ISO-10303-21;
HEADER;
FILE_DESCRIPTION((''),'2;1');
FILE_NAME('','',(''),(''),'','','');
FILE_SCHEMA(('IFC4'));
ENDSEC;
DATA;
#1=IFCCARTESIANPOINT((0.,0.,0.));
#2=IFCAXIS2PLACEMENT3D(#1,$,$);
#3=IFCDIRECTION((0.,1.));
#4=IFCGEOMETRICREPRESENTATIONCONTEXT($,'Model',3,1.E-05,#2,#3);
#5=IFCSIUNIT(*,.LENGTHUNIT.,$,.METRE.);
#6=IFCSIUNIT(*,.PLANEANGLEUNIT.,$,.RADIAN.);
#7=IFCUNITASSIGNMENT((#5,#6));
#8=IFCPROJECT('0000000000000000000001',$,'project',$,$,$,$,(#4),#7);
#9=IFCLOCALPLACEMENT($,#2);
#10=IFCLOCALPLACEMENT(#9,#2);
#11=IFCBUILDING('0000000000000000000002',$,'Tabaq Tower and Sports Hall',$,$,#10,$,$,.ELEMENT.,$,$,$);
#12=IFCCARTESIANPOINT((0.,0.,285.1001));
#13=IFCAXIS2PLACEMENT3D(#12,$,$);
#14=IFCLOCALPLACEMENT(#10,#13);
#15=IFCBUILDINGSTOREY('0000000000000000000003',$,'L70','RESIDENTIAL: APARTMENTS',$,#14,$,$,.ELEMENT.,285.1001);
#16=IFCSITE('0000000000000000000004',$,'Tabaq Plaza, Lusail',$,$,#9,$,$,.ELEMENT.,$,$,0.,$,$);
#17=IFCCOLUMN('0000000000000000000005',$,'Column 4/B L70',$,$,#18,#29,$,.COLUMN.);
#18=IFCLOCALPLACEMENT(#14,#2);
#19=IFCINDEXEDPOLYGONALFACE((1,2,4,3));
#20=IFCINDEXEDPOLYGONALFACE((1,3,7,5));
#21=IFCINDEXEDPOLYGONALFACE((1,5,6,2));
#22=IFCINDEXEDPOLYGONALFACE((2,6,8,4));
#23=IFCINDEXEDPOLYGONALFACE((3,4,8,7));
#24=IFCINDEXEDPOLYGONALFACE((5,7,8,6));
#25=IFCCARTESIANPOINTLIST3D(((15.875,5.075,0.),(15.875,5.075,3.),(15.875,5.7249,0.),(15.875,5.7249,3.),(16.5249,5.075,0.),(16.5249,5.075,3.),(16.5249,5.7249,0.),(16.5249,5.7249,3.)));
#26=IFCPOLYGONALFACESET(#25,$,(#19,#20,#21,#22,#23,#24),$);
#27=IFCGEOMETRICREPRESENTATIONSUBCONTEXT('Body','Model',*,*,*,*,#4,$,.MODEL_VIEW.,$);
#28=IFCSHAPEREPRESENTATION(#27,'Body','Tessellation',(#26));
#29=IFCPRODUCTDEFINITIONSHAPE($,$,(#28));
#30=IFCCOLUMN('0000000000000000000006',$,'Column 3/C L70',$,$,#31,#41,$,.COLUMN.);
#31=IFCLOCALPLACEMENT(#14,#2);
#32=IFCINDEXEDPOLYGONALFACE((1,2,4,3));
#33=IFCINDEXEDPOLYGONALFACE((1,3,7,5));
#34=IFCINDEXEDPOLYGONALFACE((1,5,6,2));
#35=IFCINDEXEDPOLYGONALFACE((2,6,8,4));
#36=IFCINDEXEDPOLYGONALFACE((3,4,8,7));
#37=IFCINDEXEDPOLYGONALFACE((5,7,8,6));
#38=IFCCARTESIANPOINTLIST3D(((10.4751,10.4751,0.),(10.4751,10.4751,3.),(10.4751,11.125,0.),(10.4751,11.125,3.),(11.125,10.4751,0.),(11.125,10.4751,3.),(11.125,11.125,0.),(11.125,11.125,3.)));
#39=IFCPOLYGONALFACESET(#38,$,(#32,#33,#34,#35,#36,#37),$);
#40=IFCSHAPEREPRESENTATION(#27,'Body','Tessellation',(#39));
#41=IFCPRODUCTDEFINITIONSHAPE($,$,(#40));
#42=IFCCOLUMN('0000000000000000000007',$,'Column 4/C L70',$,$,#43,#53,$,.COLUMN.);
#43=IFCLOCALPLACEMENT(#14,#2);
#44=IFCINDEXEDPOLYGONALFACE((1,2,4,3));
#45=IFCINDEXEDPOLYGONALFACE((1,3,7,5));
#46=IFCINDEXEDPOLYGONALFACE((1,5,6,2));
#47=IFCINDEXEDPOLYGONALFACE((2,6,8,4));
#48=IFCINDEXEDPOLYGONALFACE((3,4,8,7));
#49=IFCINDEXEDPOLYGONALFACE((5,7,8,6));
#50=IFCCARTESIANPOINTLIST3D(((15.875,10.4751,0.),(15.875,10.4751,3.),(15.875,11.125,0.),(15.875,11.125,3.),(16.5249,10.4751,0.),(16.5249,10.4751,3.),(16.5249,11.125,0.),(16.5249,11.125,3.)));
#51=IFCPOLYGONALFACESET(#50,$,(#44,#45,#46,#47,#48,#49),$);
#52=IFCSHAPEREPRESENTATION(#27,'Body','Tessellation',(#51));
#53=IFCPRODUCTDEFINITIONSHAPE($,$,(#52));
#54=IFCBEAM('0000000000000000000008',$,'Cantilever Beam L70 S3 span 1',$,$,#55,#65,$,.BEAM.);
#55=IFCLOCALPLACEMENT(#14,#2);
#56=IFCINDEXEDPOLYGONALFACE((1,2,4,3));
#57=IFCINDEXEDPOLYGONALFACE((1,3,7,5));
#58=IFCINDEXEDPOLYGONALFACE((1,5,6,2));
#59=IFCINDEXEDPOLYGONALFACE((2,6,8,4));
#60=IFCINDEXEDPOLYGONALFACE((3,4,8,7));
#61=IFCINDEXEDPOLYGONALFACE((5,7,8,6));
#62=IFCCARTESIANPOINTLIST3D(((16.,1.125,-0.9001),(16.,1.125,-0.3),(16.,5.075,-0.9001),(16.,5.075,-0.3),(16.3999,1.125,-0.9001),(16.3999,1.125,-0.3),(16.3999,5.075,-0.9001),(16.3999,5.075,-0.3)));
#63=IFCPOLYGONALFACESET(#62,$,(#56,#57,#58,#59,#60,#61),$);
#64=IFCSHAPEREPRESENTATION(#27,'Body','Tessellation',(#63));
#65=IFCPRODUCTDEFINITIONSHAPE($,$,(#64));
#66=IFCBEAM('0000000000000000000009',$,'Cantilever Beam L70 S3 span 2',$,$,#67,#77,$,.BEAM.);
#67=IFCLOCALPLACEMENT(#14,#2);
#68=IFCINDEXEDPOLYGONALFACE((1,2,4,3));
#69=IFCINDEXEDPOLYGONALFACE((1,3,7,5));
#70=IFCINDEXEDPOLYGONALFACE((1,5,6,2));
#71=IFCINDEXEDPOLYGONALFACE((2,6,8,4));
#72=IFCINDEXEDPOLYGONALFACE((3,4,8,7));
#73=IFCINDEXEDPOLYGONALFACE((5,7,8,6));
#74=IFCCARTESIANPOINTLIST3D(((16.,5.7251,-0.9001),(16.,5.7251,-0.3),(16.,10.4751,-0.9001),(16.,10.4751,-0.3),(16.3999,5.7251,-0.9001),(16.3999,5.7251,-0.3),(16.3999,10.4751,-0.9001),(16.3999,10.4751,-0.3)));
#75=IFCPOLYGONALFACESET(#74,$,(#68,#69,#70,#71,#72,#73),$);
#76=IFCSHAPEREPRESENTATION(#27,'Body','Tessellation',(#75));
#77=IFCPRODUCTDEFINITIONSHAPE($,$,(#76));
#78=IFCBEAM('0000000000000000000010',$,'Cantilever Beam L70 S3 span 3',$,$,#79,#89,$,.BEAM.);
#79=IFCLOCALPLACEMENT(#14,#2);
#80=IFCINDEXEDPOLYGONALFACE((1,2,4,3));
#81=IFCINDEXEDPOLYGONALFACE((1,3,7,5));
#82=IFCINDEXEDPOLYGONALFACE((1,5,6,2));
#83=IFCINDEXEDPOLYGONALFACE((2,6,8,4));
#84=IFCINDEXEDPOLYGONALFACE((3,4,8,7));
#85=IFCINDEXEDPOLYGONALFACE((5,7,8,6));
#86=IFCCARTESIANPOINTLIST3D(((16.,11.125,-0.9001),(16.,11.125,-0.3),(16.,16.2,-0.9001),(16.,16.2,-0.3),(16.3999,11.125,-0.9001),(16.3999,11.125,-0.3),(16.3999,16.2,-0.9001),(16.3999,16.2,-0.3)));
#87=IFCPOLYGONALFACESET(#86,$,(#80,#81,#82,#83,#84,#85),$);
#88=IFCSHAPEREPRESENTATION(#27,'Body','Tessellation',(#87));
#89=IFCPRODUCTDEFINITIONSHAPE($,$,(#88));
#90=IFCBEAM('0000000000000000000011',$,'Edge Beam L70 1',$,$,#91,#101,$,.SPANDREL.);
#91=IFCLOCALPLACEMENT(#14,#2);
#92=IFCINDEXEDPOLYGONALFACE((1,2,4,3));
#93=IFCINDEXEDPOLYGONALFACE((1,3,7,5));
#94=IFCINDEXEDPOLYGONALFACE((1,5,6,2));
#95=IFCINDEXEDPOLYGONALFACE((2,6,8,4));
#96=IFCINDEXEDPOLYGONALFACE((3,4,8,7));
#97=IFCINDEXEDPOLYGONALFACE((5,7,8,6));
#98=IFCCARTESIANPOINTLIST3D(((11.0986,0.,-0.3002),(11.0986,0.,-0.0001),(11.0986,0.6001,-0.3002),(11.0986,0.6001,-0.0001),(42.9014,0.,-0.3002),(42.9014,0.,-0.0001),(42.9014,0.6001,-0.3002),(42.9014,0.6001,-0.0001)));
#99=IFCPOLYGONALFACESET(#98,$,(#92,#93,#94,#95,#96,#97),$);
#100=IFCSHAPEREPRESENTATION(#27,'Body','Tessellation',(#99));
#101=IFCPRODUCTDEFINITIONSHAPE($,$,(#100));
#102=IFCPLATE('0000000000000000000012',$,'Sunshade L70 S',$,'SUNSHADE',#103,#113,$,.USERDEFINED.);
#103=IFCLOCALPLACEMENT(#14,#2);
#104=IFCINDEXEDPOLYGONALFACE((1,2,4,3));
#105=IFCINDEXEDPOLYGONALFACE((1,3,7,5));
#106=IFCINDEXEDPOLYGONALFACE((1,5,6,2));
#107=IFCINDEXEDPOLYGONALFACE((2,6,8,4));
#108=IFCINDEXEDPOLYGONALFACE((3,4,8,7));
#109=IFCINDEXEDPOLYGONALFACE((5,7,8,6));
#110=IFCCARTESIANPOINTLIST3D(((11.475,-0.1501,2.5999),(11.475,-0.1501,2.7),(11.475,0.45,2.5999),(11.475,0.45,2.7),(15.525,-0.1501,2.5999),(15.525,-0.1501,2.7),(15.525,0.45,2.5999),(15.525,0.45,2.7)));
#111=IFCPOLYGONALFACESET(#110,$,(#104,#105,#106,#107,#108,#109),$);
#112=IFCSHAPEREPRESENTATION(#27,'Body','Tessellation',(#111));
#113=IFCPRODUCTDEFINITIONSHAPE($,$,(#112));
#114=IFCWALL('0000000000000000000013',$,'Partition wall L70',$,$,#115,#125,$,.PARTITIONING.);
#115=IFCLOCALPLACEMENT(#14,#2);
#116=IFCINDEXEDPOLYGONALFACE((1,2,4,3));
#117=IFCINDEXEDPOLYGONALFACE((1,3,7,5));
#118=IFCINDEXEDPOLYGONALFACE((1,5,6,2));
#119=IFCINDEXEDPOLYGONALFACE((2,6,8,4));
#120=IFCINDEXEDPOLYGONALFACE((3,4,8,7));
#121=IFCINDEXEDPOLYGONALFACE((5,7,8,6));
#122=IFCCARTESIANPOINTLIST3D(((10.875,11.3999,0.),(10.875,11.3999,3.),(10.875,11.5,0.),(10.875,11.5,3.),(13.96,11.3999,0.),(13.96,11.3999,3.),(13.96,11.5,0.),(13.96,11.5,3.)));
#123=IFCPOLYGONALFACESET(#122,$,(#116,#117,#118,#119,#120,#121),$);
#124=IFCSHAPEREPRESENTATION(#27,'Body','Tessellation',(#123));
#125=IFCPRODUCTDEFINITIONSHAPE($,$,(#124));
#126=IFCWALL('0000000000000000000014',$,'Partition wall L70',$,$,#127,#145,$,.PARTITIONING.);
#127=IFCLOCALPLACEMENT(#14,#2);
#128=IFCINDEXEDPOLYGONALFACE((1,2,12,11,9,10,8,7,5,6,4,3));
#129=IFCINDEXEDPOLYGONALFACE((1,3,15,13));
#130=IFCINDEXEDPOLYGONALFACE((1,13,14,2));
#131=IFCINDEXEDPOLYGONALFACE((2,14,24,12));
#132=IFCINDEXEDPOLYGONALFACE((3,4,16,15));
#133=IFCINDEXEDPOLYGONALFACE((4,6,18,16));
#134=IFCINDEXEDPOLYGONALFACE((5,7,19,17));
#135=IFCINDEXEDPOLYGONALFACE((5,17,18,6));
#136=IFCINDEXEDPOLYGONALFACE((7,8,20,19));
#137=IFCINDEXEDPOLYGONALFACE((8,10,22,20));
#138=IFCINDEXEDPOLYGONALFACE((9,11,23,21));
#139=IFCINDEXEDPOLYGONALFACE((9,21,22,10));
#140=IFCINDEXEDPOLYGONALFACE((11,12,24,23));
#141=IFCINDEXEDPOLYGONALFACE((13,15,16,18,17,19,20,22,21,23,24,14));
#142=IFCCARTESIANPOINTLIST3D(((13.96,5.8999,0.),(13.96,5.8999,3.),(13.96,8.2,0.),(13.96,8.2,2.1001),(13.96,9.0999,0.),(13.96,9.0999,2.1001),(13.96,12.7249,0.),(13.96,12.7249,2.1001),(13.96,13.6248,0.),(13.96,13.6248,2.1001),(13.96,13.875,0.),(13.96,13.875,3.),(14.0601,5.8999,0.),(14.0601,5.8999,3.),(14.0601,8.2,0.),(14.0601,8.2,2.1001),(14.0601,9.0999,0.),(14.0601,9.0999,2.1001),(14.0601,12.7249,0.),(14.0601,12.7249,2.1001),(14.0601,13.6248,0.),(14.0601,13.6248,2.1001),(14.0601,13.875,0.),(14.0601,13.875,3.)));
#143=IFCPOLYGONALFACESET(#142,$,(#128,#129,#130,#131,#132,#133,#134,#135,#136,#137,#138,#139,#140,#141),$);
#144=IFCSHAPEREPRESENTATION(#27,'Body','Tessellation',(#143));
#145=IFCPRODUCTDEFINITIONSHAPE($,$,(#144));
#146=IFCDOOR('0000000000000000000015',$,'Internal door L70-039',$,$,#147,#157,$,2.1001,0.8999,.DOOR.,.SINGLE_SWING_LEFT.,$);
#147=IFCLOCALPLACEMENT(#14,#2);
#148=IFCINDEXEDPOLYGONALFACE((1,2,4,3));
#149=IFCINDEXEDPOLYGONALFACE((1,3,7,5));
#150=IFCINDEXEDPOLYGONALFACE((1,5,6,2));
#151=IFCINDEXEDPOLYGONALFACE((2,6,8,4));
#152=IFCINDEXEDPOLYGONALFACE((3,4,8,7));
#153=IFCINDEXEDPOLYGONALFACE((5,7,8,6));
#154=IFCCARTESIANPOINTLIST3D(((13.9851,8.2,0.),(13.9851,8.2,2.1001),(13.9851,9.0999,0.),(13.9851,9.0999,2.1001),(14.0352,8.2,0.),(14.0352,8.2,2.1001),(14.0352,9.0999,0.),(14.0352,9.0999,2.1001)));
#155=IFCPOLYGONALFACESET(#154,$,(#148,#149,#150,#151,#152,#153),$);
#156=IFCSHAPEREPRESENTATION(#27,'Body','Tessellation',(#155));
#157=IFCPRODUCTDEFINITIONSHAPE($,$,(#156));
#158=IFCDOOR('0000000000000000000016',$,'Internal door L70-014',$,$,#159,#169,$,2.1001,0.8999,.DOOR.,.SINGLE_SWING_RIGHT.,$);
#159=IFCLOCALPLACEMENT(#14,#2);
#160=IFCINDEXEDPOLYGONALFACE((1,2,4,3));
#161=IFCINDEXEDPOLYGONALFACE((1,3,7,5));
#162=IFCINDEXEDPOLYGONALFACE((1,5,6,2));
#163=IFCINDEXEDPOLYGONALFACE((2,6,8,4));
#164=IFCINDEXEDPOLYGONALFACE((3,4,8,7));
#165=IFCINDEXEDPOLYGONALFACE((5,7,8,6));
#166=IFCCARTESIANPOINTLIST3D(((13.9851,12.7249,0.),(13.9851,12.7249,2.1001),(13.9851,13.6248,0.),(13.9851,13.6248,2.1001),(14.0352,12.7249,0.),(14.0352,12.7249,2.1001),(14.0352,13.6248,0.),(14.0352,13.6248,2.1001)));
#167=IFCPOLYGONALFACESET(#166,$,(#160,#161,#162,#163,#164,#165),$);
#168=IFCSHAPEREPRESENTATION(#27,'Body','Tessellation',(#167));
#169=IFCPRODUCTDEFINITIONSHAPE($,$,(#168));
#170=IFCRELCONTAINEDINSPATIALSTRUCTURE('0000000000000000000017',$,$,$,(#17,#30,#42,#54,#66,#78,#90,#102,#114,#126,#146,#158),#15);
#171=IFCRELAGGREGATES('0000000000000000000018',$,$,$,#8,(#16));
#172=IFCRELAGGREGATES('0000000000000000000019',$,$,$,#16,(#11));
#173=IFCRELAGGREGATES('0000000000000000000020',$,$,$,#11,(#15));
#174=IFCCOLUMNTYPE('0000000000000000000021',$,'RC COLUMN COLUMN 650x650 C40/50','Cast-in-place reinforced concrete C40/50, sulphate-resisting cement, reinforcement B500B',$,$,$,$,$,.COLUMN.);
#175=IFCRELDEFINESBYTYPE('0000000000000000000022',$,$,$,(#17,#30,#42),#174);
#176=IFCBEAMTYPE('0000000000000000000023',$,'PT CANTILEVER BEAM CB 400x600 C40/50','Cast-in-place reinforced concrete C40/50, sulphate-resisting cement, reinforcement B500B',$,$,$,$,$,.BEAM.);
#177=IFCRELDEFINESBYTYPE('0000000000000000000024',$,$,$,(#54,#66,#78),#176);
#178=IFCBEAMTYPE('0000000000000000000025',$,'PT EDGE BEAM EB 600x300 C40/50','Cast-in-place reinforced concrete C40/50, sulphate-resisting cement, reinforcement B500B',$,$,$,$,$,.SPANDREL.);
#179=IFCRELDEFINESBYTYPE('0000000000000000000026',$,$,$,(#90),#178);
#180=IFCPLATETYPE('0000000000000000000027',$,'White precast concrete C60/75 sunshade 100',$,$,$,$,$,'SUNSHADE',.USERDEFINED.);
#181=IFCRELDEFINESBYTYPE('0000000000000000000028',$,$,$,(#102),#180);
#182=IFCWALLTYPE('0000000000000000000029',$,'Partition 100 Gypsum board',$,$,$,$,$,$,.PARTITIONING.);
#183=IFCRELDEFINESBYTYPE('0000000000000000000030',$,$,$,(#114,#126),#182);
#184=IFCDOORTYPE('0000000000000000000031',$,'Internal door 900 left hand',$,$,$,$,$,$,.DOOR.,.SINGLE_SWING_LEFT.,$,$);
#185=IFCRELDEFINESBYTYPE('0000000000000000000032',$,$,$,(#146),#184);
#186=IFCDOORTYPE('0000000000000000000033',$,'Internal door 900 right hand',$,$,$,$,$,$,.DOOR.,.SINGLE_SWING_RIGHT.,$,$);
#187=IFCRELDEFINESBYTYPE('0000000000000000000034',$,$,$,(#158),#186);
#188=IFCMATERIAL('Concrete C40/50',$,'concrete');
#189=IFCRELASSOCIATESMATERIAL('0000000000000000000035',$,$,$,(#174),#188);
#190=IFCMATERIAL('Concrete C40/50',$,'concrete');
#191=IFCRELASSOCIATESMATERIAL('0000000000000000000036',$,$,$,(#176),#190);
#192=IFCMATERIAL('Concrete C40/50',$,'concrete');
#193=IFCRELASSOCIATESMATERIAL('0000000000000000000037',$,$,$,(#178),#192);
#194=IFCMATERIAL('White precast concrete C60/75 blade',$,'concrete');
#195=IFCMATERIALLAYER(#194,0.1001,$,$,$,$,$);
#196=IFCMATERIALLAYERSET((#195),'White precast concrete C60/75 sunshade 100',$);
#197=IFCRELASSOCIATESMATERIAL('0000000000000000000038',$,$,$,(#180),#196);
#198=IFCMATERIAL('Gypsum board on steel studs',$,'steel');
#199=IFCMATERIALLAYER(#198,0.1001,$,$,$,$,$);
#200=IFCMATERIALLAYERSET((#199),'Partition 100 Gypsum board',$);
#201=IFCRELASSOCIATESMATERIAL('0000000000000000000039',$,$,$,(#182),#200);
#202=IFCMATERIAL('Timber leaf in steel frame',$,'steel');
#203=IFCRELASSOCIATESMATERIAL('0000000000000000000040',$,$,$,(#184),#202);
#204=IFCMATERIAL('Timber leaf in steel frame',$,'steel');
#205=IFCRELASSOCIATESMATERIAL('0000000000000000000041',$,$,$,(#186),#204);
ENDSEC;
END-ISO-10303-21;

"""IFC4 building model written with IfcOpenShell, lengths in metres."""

from ifc_helpers import new_model, si_unit, direction, frame, frame_2d, origin, origin_2d, place, context, subcontext, project, spatial, rectangle, extrude, material, layer, layer_set, material_profile, profile_set, type_object, element, fill, save


model = new_model("IFC4")

# Units and contexts
model_context = context("Model", 3, precision=1e-05, world=origin(), true_north=direction((0.0, 1.0)))
body_context = subcontext(model_context, "Body", "Model", "MODEL_VIEW")
ifc_project = project(units=[si_unit("LENGTHUNIT", "METRE"), si_unit("PLANEANGLEUNIT", "RADIAN")], contexts=[model_context])

# Site, building, storey
site_placement = place(None, origin())
site = spatial("IfcSite", under=ifc_project, at=site_placement, Name="Tabaq Plaza, Lusail", CompositionType="ELEMENT", RefElevation=0.0)
building_placement = place(site_placement, origin())
building = spatial("IfcBuilding", under=site, at=building_placement, Name="Tabaq Tower and Sports Hall", CompositionType="ELEMENT")
storey_placement = place(building_placement, frame((0.0, 0.0, 285.1001)))
storey = spatial("IfcBuildingStorey", under=building, at=storey_placement, Name="L70", Description="RESIDENTIAL: APARTMENTS", CompositionType="ELEMENT", Elevation=285.1001)

# Columns
ifc_material_1 = material(Name="Concrete C40/50", Category="concrete")
ifc_material_profile_1 = material_profile(ifc_material_1, rectangle(XDim=0.6499, YDim=0.6499, at=origin_2d()), Name="COLUMN 650x650")
ifc_profile_set_1 = profile_set([ifc_material_profile_1], Name="Concrete C40/50")
column_type = type_object("IfcColumnType", Name="RC COLUMN COLUMN 650x650 C40/50", Description="Cast-in-place reinforced concrete C40/50, sulphate-resisting cement, reinforcement B500B", PredefinedType="COLUMN", material=ifc_profile_set_1)
for number, where, z_axis, x_axis, name in (
    (1, (16.2, 5.3999, 0.0), (0.0, 0.0, 1.0), (1.0, 0.0, 0.0), "Column 4/B L70"),
    (2, (10.8, 10.8, 0.0), (0.0, 0.0, 1.0), (1.0, 0.0, 0.0), "Column 3/C L70"),
    (3, (16.2, 10.8, 0.0), (0.0, 0.0, 1.0), (1.0, 0.0, 0.0), "Column 4/C L70"),
):
    element("IfcColumn", number, at=place(storey_placement, frame(where, z_axis=z_axis, x_axis=x_axis)), inside=storey, type_object=column_type, Name=name, PredefinedType="COLUMN", context=body_context, shape_type="SweptSolid", body=[
        extrude(rectangle(XDim=0.6499, YDim=0.6499, at=origin_2d()), origin(), (0.0, 0.0, 1.0), 3.0),
    ])

# Beams
ifc_material_2 = material(Name="Concrete C40/50", Category="concrete")
ifc_material_profile_2 = material_profile(ifc_material_2, rectangle(XDim=0.3999, YDim=0.6001, at=origin_2d()), Name="CB 400x600")
ifc_profile_set_2 = profile_set([ifc_material_profile_2], Name="Concrete C40/50")
beam_type_1 = type_object("IfcBeamType", Name="PT CANTILEVER BEAM CB 400x600 C40/50", Description="Cast-in-place reinforced concrete C40/50, sulphate-resisting cement, reinforcement B500B", PredefinedType="BEAM", material=ifc_profile_set_2)
beam_1_placement = place(storey_placement, frame((16.2, 1.125, -0.6001), z_axis=(0.0, 1.0, 0.0), x_axis=(-1.0, 0.0, 0.0)))
element("IfcBeam", 4, at=beam_1_placement, inside=storey, type_object=beam_type_1, Name="Cantilever Beam L70 S3 span 1", PredefinedType="BEAM", context=body_context, shape_type="SweptSolid", body=[
    extrude(rectangle(XDim=0.3999, YDim=0.6001, at=origin_2d()), origin(), (0.0, 0.0, 1.0), 3.95),
])
beam_2_placement = place(storey_placement, frame((16.2, 5.7251, -0.6001), z_axis=(0.0, 1.0, 0.0), x_axis=(-1.0, 0.0, 0.0)))
element("IfcBeam", 5, at=beam_2_placement, inside=storey, type_object=beam_type_1, Name="Cantilever Beam L70 S3 span 2", PredefinedType="BEAM", context=body_context, shape_type="SweptSolid", body=[
    extrude(rectangle(XDim=0.3999, YDim=0.6001, at=origin_2d()), origin(), (0.0, 0.0, 1.0), 4.75),
])
beam_3_placement = place(storey_placement, frame((16.2, 11.125, -0.6001), z_axis=(0.0, 1.0, 0.0), x_axis=(-1.0, 0.0, 0.0)))
element("IfcBeam", 6, at=beam_3_placement, inside=storey, type_object=beam_type_1, Name="Cantilever Beam L70 S3 span 3", PredefinedType="BEAM", context=body_context, shape_type="SweptSolid", body=[
    extrude(rectangle(XDim=0.3999, YDim=0.6001, at=origin_2d()), origin(), (0.0, 0.0, 1.0), 5.075),
])
ifc_material_3 = material(Name="Concrete C40/50", Category="concrete")
ifc_material_profile_3 = material_profile(ifc_material_3, rectangle(XDim=0.6001, YDim=0.3, at=origin_2d()), Name="EB 600x300")
ifc_profile_set_3 = profile_set([ifc_material_profile_3], Name="Concrete C40/50")
beam_type_2 = type_object("IfcBeamType", Name="PT EDGE BEAM EB 600x300 C40/50", Description="Cast-in-place reinforced concrete C40/50, sulphate-resisting cement, reinforcement B500B", PredefinedType="SPANDREL", material=ifc_profile_set_3)
beam_4_placement = place(storey_placement, frame((11.0986, 0.3, -0.1501), z_axis=(1.0, 0.0, 0.0), x_axis=(0.0, 1.0, 0.0)))
element("IfcBeam", 7, at=beam_4_placement, inside=storey, type_object=beam_type_2, Name="Edge Beam L70 1", PredefinedType="SPANDREL", context=body_context, shape_type="SweptSolid", body=[
    extrude(rectangle(XDim=0.6001, YDim=0.3, at=origin_2d()), origin(), (0.0, 0.0, 1.0), 31.8027),
])

# Plate
ifc_material_4 = material(Name="White precast concrete C60/75 blade", Category="concrete")
ifc_layer_1 = layer(ifc_material_4, 0.1001)
ifc_layer_set_1 = layer_set([ifc_layer_1], Name="White precast concrete C60/75 sunshade 100")
plate_type = type_object("IfcPlateType", Name="White precast concrete C60/75 sunshade 100", ElementType="SUNSHADE", PredefinedType="USERDEFINED", material=ifc_layer_set_1)
plate_placement = place(storey_placement, frame((13.5, 0.1499, 2.5999), z_axis=(0.0, 0.0, 1.0), x_axis=(1.0, 0.0, 0.0)))
element("IfcPlate", 8, at=plate_placement, inside=storey, type_object=plate_type, Name="Sunshade L70 S", ObjectType="SUNSHADE", PredefinedType="USERDEFINED", context=body_context, shape_type="SweptSolid", body=[
    extrude(rectangle(XDim=4.05, YDim=0.6001, at=origin_2d()), origin(), (0.0, 0.0, 1.0), 0.1001),
])

# Wall
ifc_material_5 = material(Name="Gypsum board on steel studs", Category="steel")
ifc_layer_2 = layer(ifc_material_5, 0.1001)
ifc_layer_set_2 = layer_set([ifc_layer_2], Name="Partition 100 Gypsum board")
wall_type_1 = type_object("IfcWallType", Name="Partition 100 Gypsum board", PredefinedType="PARTITIONING", material=ifc_layer_set_2)
wall_1_placement = place(storey_placement, frame((13.96, 11.45, 0.0), z_axis=(0.0, 0.0, 1.0), x_axis=(-1.0, 0.0, 0.0)))
element("IfcWall", 9, at=wall_1_placement, inside=storey, type_object=wall_type_1, Name="Partition wall L70", PredefinedType="PARTITIONING", context=body_context, shape_type="SweptSolid", body=[
    extrude(rectangle(XDim=3.085, YDim=0.1001, at=frame_2d((1.5425, 0.0))), origin(), (0.0, 0.0, 1.0), 3.0),
])

# Wall, openings, doors
wall_2_placement = place(storey_placement, frame((14.01, 5.8999, 0.0), z_axis=(0.0, 0.0, 1.0), x_axis=(0.0, 1.0, 0.0)))
wall_2 = element("IfcWall", 10, at=wall_2_placement, inside=storey, type_object=wall_type_1, Name="Partition wall L70", PredefinedType="PARTITIONING", context=body_context, shape_type="SweptSolid", body=[
    extrude(rectangle(XDim=7.9751, YDim=0.1001, at=frame_2d((3.9875, 0.0))), origin(), (0.0, 0.0, 1.0), 3.0),
])
opening_1_placement = place(wall_2_placement, frame((6.825, 0.0, 0.0)))
opening_1 = element("IfcOpeningElement", 11, at=opening_1_placement, cuts=wall_2, PredefinedType="OPENING", context=body_context, shape_type="SweptSolid", body=[
    extrude(rectangle(XDim=0.8999, YDim=2.1001, at=frame_2d((0.45, 1.05))), frame((0.0, 0.05, 0.0), z_axis=(0.0, -1.0, 0.0), x_axis=(1.0, 0.0, 0.0)), (0.0, 0.0, 1.0), 0.1001),
])
opening_2_placement = place(wall_2_placement, frame((2.3, 0.0, 0.0)))
opening_2 = element("IfcOpeningElement", 12, at=opening_2_placement, cuts=wall_2, PredefinedType="OPENING", context=body_context, shape_type="SweptSolid", body=[
    extrude(rectangle(XDim=0.8999, YDim=2.1001, at=frame_2d((0.45, 1.05))), frame((0.0, 0.05, 0.0), z_axis=(0.0, -1.0, 0.0), x_axis=(1.0, 0.0, 0.0)), (0.0, 0.0, 1.0), 0.1001),
])
ifc_material_6 = material(Name="Timber leaf in steel frame", Category="steel")
door_type_1 = type_object("IfcDoorType", Name="Internal door 900 left hand", OperationType="SINGLE_SWING_LEFT", PredefinedType="DOOR", material=ifc_material_6)
door_1_placement = place(opening_2_placement, origin())
door_1 = element("IfcDoor", 13, at=door_1_placement, inside=storey, type_object=door_type_1, Name="Internal door L70-039", OperationType="SINGLE_SWING_LEFT", OverallHeight=2.1001, OverallWidth=0.8999, PredefinedType="DOOR", context=body_context, shape_type="SweptSolid", body=[
    extrude(rectangle(XDim=0.8999, YDim=2.1001, at=frame_2d((0.45, 1.05))), frame((0.0, 0.0249, 0.0), z_axis=(0.0, -1.0, 0.0), x_axis=(1.0, 0.0, 0.0)), (0.0, 0.0, 1.0), 0.05),
])
fill(opening_2, door_1)
ifc_material_7 = material(Name="Timber leaf in steel frame", Category="steel")
door_type_2 = type_object("IfcDoorType", Name="Internal door 900 right hand", OperationType="SINGLE_SWING_RIGHT", PredefinedType="DOOR", material=ifc_material_7)
door_2_placement = place(opening_1_placement, origin())
door_2 = element("IfcDoor", 14, at=door_2_placement, inside=storey, type_object=door_type_2, Name="Internal door L70-014", OperationType="SINGLE_SWING_RIGHT", OverallHeight=2.1001, OverallWidth=0.8999, PredefinedType="DOOR", context=body_context, shape_type="SweptSolid", body=[
    extrude(rectangle(XDim=0.8999, YDim=2.1001, at=frame_2d((0.45, 1.05))), frame((0.0, 0.0249, 0.0), z_axis=(0.0, -1.0, 0.0), x_axis=(1.0, 0.0, 0.0)), (0.0, 0.0, 1.0), 0.05),
])
fill(opening_1, door_2)

save(model, "model.ifc")
